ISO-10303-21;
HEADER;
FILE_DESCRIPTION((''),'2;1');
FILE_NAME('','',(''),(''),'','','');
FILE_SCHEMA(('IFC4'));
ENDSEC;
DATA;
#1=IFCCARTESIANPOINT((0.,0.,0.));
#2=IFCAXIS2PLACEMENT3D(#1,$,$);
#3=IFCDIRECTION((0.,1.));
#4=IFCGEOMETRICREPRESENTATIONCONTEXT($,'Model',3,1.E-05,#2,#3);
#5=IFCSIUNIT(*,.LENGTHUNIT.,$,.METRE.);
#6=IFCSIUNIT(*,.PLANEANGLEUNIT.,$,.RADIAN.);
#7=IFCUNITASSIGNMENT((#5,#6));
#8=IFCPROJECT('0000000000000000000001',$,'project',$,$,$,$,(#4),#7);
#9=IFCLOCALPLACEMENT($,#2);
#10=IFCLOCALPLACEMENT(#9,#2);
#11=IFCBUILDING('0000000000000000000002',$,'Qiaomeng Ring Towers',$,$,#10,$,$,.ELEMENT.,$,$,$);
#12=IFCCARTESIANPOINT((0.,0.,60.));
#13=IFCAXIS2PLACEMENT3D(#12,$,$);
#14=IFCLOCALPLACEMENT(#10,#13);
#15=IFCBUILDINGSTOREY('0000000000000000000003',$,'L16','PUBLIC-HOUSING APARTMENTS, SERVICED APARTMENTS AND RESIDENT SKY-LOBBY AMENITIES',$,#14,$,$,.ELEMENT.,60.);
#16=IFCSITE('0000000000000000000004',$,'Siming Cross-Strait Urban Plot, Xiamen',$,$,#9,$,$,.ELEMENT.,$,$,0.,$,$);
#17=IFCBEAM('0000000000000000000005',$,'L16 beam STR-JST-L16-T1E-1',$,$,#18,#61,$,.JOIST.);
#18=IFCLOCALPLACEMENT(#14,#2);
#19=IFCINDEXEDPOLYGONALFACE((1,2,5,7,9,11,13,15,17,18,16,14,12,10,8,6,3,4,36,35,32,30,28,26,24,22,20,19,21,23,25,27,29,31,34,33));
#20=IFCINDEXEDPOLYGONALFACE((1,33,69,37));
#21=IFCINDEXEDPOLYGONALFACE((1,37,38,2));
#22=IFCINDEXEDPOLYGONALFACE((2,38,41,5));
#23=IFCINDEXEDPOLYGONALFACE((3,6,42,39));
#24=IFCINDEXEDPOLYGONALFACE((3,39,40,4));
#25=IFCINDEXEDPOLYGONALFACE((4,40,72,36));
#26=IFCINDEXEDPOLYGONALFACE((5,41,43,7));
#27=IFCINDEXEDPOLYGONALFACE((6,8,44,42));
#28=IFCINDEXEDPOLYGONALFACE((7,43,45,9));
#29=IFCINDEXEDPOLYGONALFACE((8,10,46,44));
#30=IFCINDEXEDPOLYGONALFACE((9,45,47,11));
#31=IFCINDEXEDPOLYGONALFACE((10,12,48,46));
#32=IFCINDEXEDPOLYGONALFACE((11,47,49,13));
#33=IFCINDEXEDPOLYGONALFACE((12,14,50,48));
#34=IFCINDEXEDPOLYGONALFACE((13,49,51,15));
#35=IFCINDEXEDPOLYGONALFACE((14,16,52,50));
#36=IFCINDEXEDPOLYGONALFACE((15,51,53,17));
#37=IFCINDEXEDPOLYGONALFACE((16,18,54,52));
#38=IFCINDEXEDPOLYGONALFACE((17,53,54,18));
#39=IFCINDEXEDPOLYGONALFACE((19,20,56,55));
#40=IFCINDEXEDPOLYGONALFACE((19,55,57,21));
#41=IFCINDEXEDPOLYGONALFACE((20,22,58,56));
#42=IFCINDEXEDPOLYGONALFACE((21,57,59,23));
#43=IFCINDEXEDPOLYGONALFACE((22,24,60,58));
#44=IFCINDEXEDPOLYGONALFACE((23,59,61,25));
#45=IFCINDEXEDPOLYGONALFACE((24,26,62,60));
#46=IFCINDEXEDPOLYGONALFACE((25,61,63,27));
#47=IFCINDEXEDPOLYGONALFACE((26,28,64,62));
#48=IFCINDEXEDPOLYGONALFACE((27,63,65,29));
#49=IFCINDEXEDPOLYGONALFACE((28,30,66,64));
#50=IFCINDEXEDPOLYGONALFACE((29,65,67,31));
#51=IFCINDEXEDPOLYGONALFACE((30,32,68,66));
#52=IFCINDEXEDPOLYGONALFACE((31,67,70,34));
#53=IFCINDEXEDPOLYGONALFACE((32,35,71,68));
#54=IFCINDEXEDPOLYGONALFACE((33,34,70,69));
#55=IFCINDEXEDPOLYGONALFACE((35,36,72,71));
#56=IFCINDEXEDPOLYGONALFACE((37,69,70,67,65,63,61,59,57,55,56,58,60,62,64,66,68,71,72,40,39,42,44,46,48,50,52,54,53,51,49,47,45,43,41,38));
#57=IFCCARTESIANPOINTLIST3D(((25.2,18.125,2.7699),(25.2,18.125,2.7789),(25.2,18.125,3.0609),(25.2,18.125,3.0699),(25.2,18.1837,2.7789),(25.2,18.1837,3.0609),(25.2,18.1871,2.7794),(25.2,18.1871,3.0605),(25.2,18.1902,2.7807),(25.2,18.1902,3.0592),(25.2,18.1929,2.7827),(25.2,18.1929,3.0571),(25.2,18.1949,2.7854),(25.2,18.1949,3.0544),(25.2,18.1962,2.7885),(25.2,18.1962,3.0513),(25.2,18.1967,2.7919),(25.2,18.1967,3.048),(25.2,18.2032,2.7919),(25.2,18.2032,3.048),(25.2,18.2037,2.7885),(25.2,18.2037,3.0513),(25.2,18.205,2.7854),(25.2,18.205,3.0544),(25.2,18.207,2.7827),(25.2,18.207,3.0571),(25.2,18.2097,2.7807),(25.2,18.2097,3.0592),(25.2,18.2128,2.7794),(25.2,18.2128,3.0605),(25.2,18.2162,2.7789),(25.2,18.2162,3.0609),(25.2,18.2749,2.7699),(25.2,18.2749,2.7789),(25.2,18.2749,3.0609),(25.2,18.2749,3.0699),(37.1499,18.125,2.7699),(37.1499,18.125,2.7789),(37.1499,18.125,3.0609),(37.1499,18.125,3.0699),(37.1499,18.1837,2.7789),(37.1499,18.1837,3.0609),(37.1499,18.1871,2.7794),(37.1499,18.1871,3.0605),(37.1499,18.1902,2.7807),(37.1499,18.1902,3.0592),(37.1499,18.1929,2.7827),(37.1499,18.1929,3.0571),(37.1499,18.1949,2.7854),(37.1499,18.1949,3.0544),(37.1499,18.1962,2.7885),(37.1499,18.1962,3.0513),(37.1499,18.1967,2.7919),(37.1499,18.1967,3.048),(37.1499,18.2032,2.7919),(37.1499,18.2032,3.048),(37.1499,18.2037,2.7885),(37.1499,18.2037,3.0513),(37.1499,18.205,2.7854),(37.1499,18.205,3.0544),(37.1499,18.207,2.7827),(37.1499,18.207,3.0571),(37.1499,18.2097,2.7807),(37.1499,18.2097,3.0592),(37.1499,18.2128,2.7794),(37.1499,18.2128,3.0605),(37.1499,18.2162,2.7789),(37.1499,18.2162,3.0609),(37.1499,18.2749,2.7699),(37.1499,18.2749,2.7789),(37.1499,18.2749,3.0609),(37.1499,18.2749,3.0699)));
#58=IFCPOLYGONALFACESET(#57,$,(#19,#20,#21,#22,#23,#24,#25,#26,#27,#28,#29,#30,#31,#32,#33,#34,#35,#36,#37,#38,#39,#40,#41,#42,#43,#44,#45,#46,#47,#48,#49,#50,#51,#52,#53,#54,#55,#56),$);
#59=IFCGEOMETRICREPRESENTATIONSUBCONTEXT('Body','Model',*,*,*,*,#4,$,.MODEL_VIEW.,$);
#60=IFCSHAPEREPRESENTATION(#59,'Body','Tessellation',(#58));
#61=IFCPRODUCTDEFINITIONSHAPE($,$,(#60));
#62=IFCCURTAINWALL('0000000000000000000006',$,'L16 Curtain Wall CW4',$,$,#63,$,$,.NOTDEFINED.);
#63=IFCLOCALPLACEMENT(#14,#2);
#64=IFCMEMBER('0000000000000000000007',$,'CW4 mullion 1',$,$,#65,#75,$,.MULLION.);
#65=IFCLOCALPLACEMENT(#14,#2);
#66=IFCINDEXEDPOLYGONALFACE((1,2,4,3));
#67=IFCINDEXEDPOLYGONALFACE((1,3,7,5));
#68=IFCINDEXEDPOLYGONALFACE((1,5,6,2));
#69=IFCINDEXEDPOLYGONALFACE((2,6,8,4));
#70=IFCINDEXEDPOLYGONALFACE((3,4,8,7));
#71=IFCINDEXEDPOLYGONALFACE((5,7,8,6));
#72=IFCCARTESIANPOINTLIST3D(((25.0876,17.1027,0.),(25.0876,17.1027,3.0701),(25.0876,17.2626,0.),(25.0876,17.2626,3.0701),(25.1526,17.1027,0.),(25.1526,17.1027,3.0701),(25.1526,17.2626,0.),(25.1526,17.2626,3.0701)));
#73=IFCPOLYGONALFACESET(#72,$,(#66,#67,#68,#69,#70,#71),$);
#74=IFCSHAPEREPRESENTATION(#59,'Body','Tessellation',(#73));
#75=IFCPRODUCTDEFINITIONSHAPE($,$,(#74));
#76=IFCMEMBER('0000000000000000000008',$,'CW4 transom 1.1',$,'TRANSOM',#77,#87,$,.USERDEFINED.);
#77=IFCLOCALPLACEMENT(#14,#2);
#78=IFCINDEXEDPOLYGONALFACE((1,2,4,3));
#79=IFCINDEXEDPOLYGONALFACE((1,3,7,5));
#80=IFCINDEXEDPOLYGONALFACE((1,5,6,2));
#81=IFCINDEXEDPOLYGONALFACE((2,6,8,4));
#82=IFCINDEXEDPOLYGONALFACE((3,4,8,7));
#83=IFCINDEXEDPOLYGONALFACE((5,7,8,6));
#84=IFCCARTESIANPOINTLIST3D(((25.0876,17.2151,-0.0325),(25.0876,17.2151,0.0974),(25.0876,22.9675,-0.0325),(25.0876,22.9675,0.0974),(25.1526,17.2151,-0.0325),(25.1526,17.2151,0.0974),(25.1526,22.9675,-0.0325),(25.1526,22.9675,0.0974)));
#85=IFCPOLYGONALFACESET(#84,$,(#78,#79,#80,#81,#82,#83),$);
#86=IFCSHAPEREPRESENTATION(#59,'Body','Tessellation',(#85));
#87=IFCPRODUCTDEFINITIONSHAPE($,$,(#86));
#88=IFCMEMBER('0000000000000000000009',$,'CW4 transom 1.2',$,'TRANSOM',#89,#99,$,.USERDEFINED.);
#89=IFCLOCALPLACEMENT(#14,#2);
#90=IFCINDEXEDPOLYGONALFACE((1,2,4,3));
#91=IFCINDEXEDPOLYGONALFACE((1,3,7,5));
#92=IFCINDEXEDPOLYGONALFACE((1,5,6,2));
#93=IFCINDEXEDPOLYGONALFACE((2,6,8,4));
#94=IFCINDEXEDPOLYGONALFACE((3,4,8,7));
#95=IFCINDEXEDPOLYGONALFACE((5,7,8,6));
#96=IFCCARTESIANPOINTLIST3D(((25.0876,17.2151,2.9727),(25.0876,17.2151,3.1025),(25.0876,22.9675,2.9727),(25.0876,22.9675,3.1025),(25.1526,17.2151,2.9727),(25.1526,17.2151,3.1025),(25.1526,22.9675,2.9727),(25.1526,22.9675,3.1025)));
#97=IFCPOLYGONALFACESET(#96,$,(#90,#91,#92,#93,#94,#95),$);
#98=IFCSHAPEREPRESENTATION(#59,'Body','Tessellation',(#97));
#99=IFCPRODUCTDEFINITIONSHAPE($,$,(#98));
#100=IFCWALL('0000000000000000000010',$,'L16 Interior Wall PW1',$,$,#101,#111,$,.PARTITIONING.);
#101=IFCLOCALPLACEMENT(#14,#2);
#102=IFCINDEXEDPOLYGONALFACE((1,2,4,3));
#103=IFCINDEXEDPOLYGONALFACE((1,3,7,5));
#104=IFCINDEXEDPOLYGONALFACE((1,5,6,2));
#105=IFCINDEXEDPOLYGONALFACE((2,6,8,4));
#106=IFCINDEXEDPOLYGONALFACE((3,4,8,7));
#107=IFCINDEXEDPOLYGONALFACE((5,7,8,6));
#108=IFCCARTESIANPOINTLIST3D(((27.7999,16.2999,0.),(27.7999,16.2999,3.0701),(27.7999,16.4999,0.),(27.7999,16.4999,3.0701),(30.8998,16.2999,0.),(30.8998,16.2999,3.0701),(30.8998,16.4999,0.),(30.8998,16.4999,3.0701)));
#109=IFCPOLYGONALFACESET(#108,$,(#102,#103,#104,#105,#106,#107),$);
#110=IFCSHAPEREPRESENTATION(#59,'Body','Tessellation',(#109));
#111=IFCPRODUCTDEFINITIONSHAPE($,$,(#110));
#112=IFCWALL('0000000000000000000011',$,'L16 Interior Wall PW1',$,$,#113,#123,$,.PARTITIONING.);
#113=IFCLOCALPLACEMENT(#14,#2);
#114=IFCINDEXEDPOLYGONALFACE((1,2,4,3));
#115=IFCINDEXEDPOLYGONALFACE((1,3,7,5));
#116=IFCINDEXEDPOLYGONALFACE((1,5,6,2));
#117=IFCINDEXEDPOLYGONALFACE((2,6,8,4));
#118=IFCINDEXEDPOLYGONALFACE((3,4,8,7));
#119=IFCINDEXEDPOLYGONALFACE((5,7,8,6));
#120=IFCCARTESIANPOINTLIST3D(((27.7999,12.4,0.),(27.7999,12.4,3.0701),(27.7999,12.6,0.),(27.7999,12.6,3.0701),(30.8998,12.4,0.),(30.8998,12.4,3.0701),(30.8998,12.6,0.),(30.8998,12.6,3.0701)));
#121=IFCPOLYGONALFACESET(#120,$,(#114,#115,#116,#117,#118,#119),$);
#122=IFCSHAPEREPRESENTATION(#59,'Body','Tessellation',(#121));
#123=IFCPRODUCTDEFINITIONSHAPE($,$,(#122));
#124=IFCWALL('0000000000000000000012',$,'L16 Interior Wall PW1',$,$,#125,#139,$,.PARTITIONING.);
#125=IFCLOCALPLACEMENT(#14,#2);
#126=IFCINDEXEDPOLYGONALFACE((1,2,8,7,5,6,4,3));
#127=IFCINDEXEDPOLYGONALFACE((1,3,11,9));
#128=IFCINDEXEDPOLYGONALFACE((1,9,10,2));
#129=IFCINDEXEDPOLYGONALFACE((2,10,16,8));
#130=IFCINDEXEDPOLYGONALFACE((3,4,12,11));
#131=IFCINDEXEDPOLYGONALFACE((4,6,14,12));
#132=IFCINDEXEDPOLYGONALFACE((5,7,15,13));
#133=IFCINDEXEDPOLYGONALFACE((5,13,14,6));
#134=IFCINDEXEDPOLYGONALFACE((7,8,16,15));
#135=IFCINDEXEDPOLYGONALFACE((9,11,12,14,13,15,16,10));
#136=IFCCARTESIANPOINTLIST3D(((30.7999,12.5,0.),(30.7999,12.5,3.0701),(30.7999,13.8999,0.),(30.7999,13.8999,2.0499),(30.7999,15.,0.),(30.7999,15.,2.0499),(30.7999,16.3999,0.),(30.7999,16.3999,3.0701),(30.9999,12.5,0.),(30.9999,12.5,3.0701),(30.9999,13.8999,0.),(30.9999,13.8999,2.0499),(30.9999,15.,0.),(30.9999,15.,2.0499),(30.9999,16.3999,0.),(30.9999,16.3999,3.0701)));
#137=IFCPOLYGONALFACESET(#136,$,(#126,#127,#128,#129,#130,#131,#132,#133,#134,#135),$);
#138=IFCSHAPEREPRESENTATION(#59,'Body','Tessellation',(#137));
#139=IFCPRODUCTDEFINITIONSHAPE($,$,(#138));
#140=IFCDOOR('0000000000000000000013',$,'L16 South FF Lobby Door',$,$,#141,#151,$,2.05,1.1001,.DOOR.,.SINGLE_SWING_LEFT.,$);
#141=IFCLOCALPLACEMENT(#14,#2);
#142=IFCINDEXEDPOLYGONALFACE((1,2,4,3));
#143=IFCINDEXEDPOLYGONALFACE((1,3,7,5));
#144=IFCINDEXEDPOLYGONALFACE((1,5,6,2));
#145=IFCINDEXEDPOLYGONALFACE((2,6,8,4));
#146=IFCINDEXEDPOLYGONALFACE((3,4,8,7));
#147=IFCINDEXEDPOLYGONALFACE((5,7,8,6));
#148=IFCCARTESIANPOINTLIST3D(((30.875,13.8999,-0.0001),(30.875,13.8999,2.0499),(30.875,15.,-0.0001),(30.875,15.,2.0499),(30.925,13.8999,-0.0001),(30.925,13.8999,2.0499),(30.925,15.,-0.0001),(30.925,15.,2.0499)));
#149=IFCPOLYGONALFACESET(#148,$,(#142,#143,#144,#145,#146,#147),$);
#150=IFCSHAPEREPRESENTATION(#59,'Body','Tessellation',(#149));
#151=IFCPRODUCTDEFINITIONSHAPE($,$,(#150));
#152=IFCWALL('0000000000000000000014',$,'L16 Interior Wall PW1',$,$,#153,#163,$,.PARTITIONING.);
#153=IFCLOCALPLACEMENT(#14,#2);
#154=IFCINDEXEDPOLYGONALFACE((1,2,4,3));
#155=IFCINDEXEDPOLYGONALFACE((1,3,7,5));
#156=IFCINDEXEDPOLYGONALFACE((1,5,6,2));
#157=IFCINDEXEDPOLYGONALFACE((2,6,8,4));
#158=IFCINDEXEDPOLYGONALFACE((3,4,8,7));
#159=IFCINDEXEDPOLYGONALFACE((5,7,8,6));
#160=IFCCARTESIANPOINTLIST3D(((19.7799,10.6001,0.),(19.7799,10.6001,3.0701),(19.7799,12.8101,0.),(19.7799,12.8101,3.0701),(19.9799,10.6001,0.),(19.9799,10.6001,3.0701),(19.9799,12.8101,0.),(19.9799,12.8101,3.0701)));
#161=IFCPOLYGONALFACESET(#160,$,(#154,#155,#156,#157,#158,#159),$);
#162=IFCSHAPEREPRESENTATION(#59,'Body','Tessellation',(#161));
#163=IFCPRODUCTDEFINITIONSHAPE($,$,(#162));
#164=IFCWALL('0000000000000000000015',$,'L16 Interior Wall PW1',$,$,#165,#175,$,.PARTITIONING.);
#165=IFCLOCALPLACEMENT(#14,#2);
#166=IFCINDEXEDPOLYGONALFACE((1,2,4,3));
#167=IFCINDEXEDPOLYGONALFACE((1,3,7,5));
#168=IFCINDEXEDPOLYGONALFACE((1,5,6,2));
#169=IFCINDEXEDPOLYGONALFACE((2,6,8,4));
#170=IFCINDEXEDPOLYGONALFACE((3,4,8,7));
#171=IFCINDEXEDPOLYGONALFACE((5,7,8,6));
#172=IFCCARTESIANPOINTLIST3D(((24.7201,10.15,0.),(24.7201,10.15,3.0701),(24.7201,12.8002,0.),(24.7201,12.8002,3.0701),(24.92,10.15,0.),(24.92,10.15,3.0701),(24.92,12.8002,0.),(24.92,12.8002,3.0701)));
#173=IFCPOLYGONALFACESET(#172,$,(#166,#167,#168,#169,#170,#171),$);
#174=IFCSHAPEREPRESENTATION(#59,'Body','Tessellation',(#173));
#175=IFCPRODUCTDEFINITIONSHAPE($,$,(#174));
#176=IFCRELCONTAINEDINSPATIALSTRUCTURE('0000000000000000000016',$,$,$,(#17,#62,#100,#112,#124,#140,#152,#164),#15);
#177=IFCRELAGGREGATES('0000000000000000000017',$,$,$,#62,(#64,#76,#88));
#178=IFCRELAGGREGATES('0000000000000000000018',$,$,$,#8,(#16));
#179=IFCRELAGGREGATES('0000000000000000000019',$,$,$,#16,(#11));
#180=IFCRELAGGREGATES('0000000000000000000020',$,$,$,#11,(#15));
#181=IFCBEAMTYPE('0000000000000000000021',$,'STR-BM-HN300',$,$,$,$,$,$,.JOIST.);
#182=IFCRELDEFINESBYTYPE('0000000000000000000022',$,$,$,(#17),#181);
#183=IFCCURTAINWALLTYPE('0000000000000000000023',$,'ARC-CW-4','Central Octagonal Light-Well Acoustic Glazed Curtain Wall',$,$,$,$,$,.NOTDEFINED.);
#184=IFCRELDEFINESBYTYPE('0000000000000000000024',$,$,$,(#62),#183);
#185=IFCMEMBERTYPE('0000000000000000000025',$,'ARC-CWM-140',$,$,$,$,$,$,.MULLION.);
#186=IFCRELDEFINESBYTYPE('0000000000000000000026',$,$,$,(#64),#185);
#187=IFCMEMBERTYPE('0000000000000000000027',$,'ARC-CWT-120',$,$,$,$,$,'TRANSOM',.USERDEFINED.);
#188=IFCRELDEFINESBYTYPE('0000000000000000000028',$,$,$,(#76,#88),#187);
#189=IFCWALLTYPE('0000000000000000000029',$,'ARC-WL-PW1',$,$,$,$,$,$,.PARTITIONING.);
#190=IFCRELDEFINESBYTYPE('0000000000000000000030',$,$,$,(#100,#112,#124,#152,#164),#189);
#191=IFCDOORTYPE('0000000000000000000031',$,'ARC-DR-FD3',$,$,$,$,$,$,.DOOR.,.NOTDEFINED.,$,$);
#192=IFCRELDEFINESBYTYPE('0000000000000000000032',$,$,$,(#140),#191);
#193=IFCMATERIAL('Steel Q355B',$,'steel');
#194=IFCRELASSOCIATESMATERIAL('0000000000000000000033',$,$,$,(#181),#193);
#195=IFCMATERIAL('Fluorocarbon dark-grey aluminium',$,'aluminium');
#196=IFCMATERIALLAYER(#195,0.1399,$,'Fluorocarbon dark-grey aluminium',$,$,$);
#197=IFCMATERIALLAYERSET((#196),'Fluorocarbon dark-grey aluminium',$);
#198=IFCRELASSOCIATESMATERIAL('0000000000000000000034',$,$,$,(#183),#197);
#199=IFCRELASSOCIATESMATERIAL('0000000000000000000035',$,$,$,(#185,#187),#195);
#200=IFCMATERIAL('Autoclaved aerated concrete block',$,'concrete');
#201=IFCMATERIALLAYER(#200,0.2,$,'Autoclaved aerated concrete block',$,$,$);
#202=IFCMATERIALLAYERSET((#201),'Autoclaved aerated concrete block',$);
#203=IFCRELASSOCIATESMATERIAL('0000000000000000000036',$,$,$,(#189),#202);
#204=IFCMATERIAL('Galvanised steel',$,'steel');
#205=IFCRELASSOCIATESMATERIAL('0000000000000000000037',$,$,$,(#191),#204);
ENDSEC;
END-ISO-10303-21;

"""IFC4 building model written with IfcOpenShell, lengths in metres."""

from ifc_helpers import new_model, si_unit, direction, frame, frame_2d, origin, origin_2d, place, context, subcontext, project, spatial, rectangle, i_section, extrude, source, transform, mapped, material, layer, layer_set, material_profile, profile_set, type_object, element, fill, aggregate, save


model = new_model("IFC4")

# Units and contexts
model_context = context("Model", 3, precision=1e-05, world=origin(), true_north=direction((0.0, 1.0)))
body_context = subcontext(model_context, "Body", "Model", "MODEL_VIEW")
ifc_project = project(units=[si_unit("LENGTHUNIT", "METRE"), si_unit("PLANEANGLEUNIT", "RADIAN")], contexts=[model_context])

# Site, building, storey
site_placement = place(None, origin())
site = spatial("IfcSite", under=ifc_project, at=site_placement, Name="Siming Cross-Strait Urban Plot, Xiamen", CompositionType="ELEMENT", RefElevation=0.0)
building_placement = place(site_placement, origin())
building = spatial("IfcBuilding", under=site, at=building_placement, Name="Qiaomeng Ring Towers", CompositionType="ELEMENT")
storey_placement = place(building_placement, frame((0.0, 0.0, 60.0)))
storey = spatial("IfcBuildingStorey", under=building, at=storey_placement, Name="L16", Description="PUBLIC-HOUSING APARTMENTS, SERVICED APARTMENTS AND RESIDENT SKY-LOBBY AMENITIES", CompositionType="ELEMENT", Elevation=60.0)

# Beam
ifc_material_1 = material(Name="Steel Q355B", Category="steel")
ifc_material_profile_1 = material_profile(ifc_material_1, i_section(OverallWidth=0.1499, OverallDepth=0.3, WebThickness=0.0066, FlangeThickness=0.009, FilletRadius=0.0129, at=origin_2d()), Name="HN 300x150x6.5x9")
ifc_profile_set_1 = profile_set([ifc_material_profile_1], Name="Steel Q355B")
beam_type_1 = type_object("IfcBeamType", Name="STR-BM-HN300", PredefinedType="JOIST", material=ifc_profile_set_1)
shared_shape_1 = source(origin(), body_context, "Body", "SweptSolid", [
    extrude(i_section(OverallWidth=0.1499, OverallDepth=0.3, WebThickness=0.0066, FlangeThickness=0.009, FilletRadius=0.0129, at=origin_2d()), origin(), (0.0, 0.0, 1.0), 11.95),
])
beam_1_placement = place(storey_placement, frame((25.2, 18.2, 2.9199), z_axis=(1.0, 0.0, 0.0), x_axis=(0.0, 1.0, 0.0)))
element("IfcBeam", 1, at=beam_1_placement, inside=storey, type_object=beam_type_1, Name="L16 beam STR-JST-L16-T1E-1", PredefinedType="JOIST", context=body_context, shape_type="MappedRepresentation", body=[
    mapped(shared_shape_1, transform((0.0, 0.0, 0.0), x_axis=(1.0, 0.0, 0.0), y_axis=(0.0, 1.0, 0.0), z_axis=(0.0, 0.0, 1.0), scale=1.0)),
])

# Curtain wall, members
ifc_material_2 = material(Name="Fluorocarbon dark-grey aluminium", Category="aluminium")
ifc_layer_1 = layer(ifc_material_2, 0.1399, Name="Fluorocarbon dark-grey aluminium")
ifc_layer_set_1 = layer_set([ifc_layer_1], Name="Fluorocarbon dark-grey aluminium")
curtain_wall_type = type_object("IfcCurtainWallType", Name="ARC-CW-4", Description="Central Octagonal Light-Well Acoustic Glazed Curtain Wall", PredefinedType="NOTDEFINED", material=ifc_layer_set_1)
curtain_wall_placement = place(storey_placement, origin())
curtain_wall = element("IfcCurtainWall", 2, at=curtain_wall_placement, inside=storey, type_object=curtain_wall_type, Name="L16 Curtain Wall CW4", PredefinedType="NOTDEFINED")
ifc_material_profile_2 = material_profile(ifc_material_2, rectangle(XDim=0.0649, YDim=0.1599, at=origin_2d()), Name="ALU MULL 65x160")
ifc_profile_set_2 = profile_set([ifc_material_profile_2], Name="Fluorocarbon dark-grey aluminium")
member_type_1 = type_object("IfcMemberType", Name="ARC-CWM-140", PredefinedType="MULLION", material=ifc_profile_set_2)
shared_shape_2 = source(origin(), body_context, "Body", "SweptSolid", [
    extrude(rectangle(XDim=0.0649, YDim=0.1599, at=origin_2d()), origin(), (0.0, 0.0, 1.0), 3.0701),
])
member_1_placement = place(storey_placement, frame((25.1201, 17.1826, 0.0), z_axis=(0.0, 0.0, 1.0), x_axis=(-1.0, 0.0, 0.0)))
member_1 = element("IfcMember", 3, at=member_1_placement, type_object=member_type_1, Name="CW4 mullion 1", PredefinedType="MULLION", context=body_context, shape_type="MappedRepresentation", body=[
    mapped(shared_shape_2, transform((0.0, 0.0, 0.0), x_axis=(1.0, 0.0, 0.0), y_axis=(0.0, 1.0, 0.0), z_axis=(0.0, 0.0, 1.0), scale=1.0)),
])
ifc_material_profile_3 = material_profile(ifc_material_2, rectangle(XDim=0.0649, YDim=0.1299, at=origin_2d()), Name="ALU TRAN 65x130")
ifc_profile_set_3 = profile_set([ifc_material_profile_3], Name="Fluorocarbon dark-grey aluminium")
member_type_2 = type_object("IfcMemberType", Name="ARC-CWT-120", ElementType="TRANSOM", PredefinedType="USERDEFINED", material=ifc_profile_set_3)
shared_shape_3 = source(origin(), body_context, "Body", "SweptSolid", [
    extrude(rectangle(XDim=0.0649, YDim=0.1299, at=origin_2d()), origin(), (0.0, 0.0, 1.0), 5.7524),
])
member_2_placement = place(storey_placement, frame((25.1201, 17.2151, 0.0325), z_axis=(0.0, 1.0, 0.0), x_axis=(-1.0, 0.0, 0.0)))
member_2 = element("IfcMember", 4, at=member_2_placement, type_object=member_type_2, Name="CW4 transom 1.1", ObjectType="TRANSOM", PredefinedType="USERDEFINED", context=body_context, shape_type="MappedRepresentation", body=[
    mapped(shared_shape_3, transform((0.0, 0.0, 0.0), x_axis=(1.0, 0.0, 0.0), y_axis=(0.0, 1.0, 0.0), z_axis=(0.0, 0.0, 1.0), scale=1.0)),
])
member_3_placement = place(storey_placement, frame((25.1201, 17.2151, 3.0376), z_axis=(0.0, 1.0, 0.0), x_axis=(-1.0, 0.0, 0.0)))
member_3 = element("IfcMember", 5, at=member_3_placement, type_object=member_type_2, Name="CW4 transom 1.2", ObjectType="TRANSOM", PredefinedType="USERDEFINED", context=body_context, shape_type="MappedRepresentation", body=[
    mapped(shared_shape_3, transform((0.0, 0.0, 0.0), x_axis=(1.0, 0.0, 0.0), y_axis=(0.0, 1.0, 0.0), z_axis=(0.0, 0.0, 1.0), scale=1.0)),
])
aggregate(curtain_wall, [member_1, member_2, member_3])

# Walls
ifc_material_3 = material(Name="Autoclaved aerated concrete block", Category="concrete")
ifc_layer_2 = layer(ifc_material_3, 0.2, Name="Autoclaved aerated concrete block")
ifc_layer_set_2 = layer_set([ifc_layer_2], Name="Autoclaved aerated concrete block")
wall_type_1 = type_object("IfcWallType", Name="ARC-WL-PW1", PredefinedType="PARTITIONING", material=ifc_layer_set_2)
for number, where, z_axis, x_axis, name in (
    (6, (27.8, 16.3999, 0.0), (0.0, 0.0, 1.0), (1.0, 0.0, 0.0), "L16 Interior Wall PW1"),
    (7, (27.8, 12.5, 0.0), (0.0, 0.0, 1.0), (1.0, 0.0, 0.0), "L16 Interior Wall PW1"),
):
    element("IfcWall", number, at=place(storey_placement, frame(where, z_axis=z_axis, x_axis=x_axis)), inside=storey, type_object=wall_type_1, Name=name, PredefinedType="PARTITIONING", context=body_context, shape_type="SweptSolid", body=[
        extrude(rectangle(XDim=3.0999, YDim=0.2, at=frame_2d((1.5498, 0.0))), origin(), (0.0, 0.0, 1.0), 3.0701),
    ])

# Wall, opening, door
wall_1_placement = place(storey_placement, frame((30.8999, 12.5, 0.0), z_axis=(0.0, 0.0, 1.0), x_axis=(0.0, 1.0, 0.0)))
wall_1 = element("IfcWall", 8, at=wall_1_placement, inside=storey, type_object=wall_type_1, Name="L16 Interior Wall PW1", PredefinedType="PARTITIONING", context=body_context, shape_type="SweptSolid", body=[
    extrude(rectangle(XDim=3.8999, YDim=0.2, at=frame_2d((1.95, 0.0))), origin(), (0.0, 0.0, 1.0), 3.0701),
])
opening_1_placement = place(wall_1_placement, frame((1.3999, 0.0, 0.0)))
opening_1 = element("IfcOpeningElement", 9, at=opening_1_placement, cuts=wall_1, PredefinedType="OPENING", context=body_context, shape_type="SweptSolid", body=[
    extrude(rectangle(XDim=1.1001, YDim=2.05, at=frame_2d((0.55, 1.0249))), frame((0.0, 0.1099, 0.0), z_axis=(0.0, -1.0, 0.0), x_axis=(1.0, 0.0, 0.0)), (0.0, 0.0, 1.0), 0.22),
])
ifc_material_4 = material(Name="Galvanised steel", Category="steel")
door_type_1 = type_object("IfcDoorType", Name="ARC-DR-FD3", OperationType="NOTDEFINED", PredefinedType="DOOR", material=ifc_material_4)
shared_shape_4 = source(origin(), body_context, "Body", "SweptSolid", [
    extrude(rectangle(XDim=1.1001, YDim=2.05, at=frame_2d((0.55, 1.0249))), frame((0.0, 0.0249, 0.0), z_axis=(0.0, -1.0, 0.0), x_axis=(1.0, 0.0, 0.0)), (0.0, 0.0, 1.0), 0.05),
])
door_1_placement = place(opening_1_placement, origin())
door_1 = element("IfcDoor", 10, at=door_1_placement, inside=storey, type_object=door_type_1, Name="L16 South FF Lobby Door", OperationType="SINGLE_SWING_LEFT", OverallHeight=2.05, OverallWidth=1.1001, PredefinedType="DOOR", context=body_context, shape_type="MappedRepresentation", body=[
    mapped(shared_shape_4, transform((0.0, 0.0, 0.0), x_axis=(1.0, 0.0, 0.0), y_axis=(0.0, 1.0, 0.0), z_axis=(0.0, 0.0, 1.0), scale=1.0)),
])
fill(opening_1, door_1)

# Walls
wall_2_placement = place(storey_placement, frame((19.8799, 10.6001, 0.0), z_axis=(0.0, 0.0, 1.0), x_axis=(0.0, 1.0, 0.0)))
element("IfcWall", 11, at=wall_2_placement, inside=storey, type_object=wall_type_1, Name="L16 Interior Wall PW1", PredefinedType="PARTITIONING", context=body_context, shape_type="SweptSolid", body=[
    extrude(rectangle(XDim=2.21, YDim=0.2, at=frame_2d((1.105, 0.0))), origin(), (0.0, 0.0, 1.0), 3.0701),
])
wall_3_placement = place(storey_placement, frame((24.8201, 10.1499, 0.0), z_axis=(0.0, 0.0, 1.0), x_axis=(0.0, 1.0, 0.0)))
element("IfcWall", 12, at=wall_3_placement, inside=storey, type_object=wall_type_1, Name="L16 Interior Wall PW1", PredefinedType="PARTITIONING", context=body_context, shape_type="SweptSolid", body=[
    extrude(rectangle(XDim=2.6501, YDim=0.2, at=frame_2d((1.3252, 0.0))), origin(), (0.0, 0.0, 1.0), 3.0701),
])

save(model, "model.ifc")
